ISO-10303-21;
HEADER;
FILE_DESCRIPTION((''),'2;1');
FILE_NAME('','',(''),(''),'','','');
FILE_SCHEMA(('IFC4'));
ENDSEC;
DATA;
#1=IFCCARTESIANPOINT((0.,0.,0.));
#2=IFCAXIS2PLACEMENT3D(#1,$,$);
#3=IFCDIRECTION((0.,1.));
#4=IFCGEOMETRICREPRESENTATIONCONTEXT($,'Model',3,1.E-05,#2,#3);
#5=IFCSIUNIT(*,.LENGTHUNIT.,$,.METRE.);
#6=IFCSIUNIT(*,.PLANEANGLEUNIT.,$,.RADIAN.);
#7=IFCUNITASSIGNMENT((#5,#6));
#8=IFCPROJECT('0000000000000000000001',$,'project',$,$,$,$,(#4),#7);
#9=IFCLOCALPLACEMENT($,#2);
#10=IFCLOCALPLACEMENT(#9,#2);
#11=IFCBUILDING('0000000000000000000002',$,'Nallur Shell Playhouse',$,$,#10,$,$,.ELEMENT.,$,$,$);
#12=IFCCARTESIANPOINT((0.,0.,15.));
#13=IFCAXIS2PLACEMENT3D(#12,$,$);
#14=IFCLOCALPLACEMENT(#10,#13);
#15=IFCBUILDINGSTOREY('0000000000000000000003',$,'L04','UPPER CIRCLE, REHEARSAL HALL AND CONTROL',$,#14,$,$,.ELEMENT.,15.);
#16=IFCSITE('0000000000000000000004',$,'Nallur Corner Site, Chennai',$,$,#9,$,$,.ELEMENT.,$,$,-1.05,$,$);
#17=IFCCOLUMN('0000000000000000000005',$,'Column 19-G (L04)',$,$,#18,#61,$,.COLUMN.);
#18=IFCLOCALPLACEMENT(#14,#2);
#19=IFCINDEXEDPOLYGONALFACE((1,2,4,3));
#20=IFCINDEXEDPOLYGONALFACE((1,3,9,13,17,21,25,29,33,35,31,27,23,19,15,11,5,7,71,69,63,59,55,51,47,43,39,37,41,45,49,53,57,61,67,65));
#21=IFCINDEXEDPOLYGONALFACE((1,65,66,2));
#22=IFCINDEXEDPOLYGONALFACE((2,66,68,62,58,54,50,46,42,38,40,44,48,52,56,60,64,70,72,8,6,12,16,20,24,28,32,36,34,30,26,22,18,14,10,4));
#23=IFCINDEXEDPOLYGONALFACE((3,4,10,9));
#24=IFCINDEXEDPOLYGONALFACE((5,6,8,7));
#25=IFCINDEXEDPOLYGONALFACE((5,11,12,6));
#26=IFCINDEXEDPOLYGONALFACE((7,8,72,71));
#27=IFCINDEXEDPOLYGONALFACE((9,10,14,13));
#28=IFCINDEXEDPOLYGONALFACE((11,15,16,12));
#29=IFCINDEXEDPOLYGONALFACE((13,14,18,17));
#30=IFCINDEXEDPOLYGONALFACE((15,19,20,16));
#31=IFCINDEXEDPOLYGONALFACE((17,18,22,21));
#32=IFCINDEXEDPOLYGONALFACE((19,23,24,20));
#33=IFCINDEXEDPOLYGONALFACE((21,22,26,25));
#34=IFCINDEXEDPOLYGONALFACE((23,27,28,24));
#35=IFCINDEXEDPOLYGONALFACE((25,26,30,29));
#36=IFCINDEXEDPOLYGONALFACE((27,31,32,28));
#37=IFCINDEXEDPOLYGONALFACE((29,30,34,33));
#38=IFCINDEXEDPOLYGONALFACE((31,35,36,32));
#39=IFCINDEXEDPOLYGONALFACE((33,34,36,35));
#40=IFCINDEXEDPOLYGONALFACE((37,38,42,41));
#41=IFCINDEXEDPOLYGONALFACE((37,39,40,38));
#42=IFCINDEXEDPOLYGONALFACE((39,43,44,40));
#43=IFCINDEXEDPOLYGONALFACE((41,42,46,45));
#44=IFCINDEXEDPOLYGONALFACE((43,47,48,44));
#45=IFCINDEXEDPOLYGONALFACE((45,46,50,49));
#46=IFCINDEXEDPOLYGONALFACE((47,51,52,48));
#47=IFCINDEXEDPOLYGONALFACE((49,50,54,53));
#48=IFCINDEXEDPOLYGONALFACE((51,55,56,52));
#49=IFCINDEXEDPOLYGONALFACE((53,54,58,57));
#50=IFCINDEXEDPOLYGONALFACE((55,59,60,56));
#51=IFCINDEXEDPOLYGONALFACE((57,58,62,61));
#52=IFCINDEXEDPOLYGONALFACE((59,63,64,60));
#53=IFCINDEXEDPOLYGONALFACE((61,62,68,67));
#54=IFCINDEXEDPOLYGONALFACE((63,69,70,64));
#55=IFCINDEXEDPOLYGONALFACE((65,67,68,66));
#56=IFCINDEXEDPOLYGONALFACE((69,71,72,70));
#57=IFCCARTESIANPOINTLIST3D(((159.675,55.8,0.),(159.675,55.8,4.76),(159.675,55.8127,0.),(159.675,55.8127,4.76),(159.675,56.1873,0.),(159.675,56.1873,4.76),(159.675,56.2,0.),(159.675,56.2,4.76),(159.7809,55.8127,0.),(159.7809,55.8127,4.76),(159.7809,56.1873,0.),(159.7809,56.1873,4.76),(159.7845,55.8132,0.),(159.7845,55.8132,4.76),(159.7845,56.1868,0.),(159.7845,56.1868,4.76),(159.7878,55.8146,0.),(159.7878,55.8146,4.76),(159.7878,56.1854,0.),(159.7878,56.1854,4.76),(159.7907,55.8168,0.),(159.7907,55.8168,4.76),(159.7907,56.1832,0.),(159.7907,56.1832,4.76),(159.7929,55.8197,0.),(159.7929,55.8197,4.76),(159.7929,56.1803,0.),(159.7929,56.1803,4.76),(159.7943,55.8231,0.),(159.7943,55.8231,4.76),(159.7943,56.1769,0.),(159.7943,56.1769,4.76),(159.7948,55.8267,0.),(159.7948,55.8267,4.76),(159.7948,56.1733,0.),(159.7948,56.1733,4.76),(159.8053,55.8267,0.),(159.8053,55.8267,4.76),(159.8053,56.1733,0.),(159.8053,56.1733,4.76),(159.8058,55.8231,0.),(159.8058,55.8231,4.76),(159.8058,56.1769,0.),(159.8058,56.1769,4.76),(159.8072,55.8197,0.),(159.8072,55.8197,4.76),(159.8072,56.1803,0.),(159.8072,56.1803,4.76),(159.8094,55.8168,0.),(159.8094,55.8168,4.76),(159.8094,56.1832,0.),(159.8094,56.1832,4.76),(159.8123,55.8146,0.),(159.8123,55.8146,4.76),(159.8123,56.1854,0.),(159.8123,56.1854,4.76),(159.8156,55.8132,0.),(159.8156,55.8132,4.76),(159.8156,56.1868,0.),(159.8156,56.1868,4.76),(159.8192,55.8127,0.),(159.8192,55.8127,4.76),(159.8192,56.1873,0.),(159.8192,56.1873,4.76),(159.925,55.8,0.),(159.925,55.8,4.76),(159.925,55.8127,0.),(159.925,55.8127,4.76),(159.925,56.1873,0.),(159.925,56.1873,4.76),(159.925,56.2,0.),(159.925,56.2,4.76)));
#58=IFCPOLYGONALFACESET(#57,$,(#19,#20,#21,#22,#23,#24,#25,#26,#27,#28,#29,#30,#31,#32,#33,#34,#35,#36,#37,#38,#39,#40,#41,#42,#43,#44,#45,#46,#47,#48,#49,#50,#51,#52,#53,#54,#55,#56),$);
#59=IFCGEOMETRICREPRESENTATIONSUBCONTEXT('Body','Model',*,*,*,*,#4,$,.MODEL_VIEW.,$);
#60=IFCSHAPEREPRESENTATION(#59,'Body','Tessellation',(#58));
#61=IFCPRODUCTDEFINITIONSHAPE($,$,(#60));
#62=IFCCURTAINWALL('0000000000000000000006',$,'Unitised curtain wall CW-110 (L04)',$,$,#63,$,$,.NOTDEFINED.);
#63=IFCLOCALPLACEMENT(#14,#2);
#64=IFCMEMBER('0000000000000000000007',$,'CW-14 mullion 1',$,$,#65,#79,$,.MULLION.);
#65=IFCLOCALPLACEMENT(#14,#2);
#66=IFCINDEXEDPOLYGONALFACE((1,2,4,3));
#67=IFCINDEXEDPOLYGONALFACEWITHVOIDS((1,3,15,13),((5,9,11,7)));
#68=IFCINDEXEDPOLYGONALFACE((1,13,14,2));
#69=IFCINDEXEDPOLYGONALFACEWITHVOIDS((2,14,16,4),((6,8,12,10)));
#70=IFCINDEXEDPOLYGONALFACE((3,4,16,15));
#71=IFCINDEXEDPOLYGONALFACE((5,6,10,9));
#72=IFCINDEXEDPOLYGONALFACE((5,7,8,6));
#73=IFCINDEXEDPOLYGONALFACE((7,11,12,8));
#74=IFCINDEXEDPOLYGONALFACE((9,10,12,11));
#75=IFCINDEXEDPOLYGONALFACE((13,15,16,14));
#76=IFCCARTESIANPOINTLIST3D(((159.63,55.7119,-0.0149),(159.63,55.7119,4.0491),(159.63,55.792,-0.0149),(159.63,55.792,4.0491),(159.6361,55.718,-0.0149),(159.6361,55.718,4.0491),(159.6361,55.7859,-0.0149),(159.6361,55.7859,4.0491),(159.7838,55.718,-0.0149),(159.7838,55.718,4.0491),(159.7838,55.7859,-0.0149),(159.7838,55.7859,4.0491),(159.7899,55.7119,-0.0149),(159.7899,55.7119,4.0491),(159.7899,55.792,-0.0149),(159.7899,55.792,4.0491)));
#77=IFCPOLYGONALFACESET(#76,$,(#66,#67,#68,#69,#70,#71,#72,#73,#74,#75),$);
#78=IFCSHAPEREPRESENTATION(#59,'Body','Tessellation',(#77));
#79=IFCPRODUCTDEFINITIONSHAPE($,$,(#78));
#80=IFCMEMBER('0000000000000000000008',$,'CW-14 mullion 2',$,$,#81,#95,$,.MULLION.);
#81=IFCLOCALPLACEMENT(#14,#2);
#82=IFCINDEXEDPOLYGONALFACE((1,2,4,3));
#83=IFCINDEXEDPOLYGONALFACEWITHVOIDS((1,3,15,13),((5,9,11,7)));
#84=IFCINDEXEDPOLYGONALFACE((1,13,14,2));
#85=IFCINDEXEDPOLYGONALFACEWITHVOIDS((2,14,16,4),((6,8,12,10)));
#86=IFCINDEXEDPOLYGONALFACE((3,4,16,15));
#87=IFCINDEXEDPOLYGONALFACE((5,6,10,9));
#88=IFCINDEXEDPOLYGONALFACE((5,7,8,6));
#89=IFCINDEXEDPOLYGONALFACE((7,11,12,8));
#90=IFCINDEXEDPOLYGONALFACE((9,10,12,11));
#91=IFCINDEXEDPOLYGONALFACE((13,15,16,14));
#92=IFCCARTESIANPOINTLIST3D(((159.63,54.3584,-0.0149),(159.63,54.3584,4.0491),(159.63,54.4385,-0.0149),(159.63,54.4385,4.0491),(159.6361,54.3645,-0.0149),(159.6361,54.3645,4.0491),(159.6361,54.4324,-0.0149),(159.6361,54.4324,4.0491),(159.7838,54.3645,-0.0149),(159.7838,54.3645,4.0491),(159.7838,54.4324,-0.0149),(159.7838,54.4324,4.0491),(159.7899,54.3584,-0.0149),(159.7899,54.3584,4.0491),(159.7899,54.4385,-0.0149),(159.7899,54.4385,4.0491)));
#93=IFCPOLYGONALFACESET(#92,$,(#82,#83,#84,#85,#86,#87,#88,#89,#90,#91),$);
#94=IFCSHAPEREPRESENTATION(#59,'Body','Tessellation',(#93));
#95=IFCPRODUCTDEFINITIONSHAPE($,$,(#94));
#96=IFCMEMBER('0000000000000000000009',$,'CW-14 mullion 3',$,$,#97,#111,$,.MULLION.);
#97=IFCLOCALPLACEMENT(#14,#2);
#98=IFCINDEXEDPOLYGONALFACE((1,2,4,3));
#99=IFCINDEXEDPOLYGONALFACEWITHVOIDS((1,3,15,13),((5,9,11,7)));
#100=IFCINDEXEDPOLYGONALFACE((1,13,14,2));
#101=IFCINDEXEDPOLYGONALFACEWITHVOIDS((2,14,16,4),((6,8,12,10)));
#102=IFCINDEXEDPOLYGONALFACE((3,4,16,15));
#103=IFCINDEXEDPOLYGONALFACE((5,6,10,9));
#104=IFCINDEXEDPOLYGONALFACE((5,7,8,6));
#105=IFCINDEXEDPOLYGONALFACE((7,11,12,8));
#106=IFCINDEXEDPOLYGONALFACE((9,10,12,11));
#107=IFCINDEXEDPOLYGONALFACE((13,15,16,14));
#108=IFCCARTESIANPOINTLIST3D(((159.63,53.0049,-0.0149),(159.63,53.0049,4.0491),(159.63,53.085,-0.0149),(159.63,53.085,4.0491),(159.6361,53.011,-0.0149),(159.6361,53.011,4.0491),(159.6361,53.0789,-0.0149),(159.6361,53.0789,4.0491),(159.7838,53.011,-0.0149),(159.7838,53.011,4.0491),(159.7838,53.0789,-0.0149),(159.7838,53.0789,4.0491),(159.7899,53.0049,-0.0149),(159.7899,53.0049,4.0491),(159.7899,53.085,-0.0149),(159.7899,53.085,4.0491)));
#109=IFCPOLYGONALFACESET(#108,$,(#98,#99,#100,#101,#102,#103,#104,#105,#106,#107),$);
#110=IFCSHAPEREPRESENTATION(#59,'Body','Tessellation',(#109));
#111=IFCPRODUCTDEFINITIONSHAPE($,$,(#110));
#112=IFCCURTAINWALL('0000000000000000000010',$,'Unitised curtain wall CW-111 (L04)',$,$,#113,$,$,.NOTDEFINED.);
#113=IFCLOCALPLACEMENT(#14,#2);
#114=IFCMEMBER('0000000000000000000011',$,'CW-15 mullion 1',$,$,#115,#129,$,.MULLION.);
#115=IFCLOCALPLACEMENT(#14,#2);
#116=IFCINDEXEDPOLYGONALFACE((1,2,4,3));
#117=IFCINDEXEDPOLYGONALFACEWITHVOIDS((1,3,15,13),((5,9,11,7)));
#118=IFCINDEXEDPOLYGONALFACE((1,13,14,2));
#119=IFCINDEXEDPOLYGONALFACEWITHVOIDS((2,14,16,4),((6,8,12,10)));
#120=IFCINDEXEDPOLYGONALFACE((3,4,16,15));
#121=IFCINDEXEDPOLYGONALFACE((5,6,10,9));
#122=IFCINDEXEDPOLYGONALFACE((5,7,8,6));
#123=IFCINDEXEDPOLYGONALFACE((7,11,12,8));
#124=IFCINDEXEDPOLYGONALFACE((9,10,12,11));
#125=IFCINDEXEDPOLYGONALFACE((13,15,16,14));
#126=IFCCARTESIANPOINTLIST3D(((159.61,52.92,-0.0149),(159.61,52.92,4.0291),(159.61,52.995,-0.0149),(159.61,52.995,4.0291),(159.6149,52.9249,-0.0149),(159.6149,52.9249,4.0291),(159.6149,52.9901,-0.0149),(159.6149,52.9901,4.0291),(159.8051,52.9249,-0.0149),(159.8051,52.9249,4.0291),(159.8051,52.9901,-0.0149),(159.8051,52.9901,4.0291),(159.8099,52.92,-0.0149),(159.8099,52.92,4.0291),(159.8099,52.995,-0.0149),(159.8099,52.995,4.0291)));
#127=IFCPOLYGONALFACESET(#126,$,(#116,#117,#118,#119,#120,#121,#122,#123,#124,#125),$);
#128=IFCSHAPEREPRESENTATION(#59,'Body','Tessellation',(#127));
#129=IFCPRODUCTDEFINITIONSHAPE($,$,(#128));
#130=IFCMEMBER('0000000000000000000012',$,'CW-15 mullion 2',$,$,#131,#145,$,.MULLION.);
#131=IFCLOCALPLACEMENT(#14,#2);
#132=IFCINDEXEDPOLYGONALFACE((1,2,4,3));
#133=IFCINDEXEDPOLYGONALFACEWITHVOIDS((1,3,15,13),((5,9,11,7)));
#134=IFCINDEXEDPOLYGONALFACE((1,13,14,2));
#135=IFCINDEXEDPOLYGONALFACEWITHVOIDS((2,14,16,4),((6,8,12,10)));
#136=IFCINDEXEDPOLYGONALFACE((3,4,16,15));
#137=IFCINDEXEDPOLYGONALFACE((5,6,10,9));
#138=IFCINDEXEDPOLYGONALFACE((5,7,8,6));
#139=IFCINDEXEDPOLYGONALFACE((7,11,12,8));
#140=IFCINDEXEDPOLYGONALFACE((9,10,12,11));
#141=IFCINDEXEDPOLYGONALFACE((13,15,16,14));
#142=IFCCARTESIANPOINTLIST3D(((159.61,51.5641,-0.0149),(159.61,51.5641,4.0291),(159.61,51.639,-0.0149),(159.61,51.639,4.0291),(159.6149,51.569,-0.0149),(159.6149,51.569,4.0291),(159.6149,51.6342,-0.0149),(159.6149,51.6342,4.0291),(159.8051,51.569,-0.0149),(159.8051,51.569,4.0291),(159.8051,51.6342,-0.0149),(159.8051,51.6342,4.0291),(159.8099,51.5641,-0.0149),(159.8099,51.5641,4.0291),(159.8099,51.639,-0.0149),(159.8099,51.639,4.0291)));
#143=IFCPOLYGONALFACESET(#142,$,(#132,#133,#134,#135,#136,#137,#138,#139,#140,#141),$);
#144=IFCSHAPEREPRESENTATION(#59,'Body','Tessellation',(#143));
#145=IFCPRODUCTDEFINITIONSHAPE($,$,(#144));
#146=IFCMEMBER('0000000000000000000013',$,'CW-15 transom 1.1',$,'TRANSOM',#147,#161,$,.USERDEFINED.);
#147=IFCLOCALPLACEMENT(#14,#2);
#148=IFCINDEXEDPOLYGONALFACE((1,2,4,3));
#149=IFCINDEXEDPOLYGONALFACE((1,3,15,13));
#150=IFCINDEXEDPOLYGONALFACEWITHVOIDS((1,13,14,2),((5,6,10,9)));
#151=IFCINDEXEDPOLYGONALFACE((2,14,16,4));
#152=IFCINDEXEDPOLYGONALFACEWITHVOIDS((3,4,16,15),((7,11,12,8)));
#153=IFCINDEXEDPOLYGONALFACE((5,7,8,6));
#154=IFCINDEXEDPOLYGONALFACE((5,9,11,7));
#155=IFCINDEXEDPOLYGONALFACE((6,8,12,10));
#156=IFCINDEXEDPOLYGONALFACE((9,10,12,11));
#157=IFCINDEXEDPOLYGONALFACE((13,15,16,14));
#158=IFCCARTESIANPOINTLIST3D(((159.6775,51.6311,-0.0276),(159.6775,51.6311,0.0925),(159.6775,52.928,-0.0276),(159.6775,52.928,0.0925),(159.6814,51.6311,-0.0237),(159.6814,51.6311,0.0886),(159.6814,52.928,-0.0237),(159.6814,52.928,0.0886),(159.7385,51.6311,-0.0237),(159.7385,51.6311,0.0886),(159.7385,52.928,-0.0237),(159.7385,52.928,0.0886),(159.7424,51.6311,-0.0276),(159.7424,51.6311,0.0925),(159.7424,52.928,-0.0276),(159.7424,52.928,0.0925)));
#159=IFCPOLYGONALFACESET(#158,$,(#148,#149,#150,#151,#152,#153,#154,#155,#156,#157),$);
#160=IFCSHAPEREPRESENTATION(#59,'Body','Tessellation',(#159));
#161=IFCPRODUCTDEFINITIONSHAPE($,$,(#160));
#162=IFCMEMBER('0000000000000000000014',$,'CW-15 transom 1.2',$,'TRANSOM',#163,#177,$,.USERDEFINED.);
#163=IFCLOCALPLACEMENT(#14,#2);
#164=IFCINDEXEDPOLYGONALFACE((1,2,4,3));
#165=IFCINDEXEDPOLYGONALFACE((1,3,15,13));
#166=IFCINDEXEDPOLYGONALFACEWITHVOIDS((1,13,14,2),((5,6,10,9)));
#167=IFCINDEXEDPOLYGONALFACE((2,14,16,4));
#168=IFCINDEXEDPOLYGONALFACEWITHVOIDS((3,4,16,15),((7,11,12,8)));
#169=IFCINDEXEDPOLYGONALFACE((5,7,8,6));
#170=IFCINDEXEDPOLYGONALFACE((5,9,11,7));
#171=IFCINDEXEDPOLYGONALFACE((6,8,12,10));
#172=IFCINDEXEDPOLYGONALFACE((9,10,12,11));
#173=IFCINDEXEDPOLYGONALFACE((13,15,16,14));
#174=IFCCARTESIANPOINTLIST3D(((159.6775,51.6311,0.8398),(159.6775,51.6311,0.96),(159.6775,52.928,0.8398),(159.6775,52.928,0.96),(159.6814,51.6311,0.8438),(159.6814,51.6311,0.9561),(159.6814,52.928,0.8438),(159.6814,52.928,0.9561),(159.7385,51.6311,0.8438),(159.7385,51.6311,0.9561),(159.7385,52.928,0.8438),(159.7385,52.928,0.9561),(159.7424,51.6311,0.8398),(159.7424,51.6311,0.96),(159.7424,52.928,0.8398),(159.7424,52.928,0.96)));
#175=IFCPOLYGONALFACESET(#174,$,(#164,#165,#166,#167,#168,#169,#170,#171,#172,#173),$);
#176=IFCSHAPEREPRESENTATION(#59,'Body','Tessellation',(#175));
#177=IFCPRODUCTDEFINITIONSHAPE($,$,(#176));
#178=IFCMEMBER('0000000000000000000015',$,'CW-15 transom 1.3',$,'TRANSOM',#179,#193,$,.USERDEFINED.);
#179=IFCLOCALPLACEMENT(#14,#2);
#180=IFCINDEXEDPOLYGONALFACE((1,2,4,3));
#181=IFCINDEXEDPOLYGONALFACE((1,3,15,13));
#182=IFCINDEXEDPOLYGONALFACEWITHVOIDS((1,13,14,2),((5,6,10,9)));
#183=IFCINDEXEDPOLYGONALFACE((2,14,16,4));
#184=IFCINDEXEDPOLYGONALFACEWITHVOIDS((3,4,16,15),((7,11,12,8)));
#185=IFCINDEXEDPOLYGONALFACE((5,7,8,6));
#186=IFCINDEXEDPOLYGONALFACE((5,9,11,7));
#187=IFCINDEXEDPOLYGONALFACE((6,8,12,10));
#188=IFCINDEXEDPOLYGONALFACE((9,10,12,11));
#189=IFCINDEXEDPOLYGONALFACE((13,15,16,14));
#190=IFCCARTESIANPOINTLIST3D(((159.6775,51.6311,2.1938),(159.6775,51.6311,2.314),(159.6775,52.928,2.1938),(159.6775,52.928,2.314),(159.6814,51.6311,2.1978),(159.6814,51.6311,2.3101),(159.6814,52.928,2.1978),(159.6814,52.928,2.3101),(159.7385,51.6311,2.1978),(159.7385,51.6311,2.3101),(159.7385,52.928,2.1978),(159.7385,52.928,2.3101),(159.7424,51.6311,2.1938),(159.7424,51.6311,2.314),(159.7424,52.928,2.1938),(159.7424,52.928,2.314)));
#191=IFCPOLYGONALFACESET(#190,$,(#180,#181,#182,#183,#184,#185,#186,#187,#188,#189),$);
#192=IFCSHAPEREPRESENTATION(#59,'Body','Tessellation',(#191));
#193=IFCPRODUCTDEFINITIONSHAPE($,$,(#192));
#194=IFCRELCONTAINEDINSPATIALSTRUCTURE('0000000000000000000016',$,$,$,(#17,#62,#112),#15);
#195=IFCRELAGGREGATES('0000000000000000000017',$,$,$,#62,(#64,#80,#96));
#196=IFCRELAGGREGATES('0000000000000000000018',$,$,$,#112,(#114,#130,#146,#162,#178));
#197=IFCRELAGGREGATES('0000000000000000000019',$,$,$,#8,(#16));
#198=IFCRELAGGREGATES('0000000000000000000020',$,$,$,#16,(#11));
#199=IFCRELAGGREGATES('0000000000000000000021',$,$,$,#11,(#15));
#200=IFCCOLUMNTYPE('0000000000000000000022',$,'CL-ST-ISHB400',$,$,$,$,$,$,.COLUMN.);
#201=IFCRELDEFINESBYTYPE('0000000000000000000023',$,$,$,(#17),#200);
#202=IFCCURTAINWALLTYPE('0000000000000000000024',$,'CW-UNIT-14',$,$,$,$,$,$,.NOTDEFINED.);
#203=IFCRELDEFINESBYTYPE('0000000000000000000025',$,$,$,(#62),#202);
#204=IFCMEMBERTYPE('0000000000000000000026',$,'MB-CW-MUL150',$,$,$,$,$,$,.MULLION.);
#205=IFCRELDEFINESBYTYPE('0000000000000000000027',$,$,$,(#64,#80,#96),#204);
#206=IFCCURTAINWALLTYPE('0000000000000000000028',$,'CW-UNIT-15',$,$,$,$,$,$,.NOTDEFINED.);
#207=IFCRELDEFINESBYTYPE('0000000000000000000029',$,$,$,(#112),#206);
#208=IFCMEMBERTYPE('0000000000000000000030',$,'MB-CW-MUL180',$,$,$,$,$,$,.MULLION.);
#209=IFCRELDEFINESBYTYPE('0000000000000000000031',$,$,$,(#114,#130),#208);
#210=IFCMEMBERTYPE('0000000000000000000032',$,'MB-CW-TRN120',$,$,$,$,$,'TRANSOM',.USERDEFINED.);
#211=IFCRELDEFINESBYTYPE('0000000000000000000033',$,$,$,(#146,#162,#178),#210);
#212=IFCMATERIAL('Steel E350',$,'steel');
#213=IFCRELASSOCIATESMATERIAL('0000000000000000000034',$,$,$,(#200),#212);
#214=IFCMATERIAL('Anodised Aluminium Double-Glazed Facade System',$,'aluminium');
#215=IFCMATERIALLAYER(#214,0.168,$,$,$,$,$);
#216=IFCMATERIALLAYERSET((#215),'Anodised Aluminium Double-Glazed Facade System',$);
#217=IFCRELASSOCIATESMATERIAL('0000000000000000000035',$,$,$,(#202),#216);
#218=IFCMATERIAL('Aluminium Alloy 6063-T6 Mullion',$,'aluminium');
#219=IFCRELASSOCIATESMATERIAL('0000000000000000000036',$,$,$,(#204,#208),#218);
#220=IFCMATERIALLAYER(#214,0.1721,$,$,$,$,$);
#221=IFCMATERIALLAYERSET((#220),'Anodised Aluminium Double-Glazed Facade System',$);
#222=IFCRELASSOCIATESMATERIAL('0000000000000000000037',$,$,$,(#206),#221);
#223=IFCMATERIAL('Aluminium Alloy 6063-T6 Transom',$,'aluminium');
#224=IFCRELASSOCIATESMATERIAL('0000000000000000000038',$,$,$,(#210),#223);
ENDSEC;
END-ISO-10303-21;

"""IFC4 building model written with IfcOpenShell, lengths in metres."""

from ifc_helpers import new_model, si_unit, direction, frame, origin, origin_2d, place, context, subcontext, project, spatial, hollow_rectangle, i_section, extrude, material, layer, layer_set, material_profile, profile_set, type_object, element, aggregate, save


model = new_model("IFC4")

# Units and contexts
model_context = context("Model", 3, precision=1e-05, world=origin(), true_north=direction((0.0, 1.0)))
body_context = subcontext(model_context, "Body", "Model", "MODEL_VIEW")
ifc_project = project(units=[si_unit("LENGTHUNIT", "METRE"), si_unit("PLANEANGLEUNIT", "RADIAN")], contexts=[model_context])

# Site, building, storey
site_placement = place(None, origin())
site = spatial("IfcSite", under=ifc_project, at=site_placement, Name="Nallur Corner Site, Chennai", CompositionType="ELEMENT", RefElevation=-1.05)
building_placement = place(site_placement, origin())
building = spatial("IfcBuilding", under=site, at=building_placement, Name="Nallur Shell Playhouse", CompositionType="ELEMENT")
storey_placement = place(building_placement, frame((0.0, 0.0, 15.0)))
storey = spatial("IfcBuildingStorey", under=building, at=storey_placement, Name="L04", Description="UPPER CIRCLE, REHEARSAL HALL AND CONTROL", CompositionType="ELEMENT", Elevation=15.0)

# Column
ifc_material_1 = material(Name="Steel E350", Category="steel")
ifc_material_profile_1 = material_profile(ifc_material_1, i_section(OverallWidth=0.25, OverallDepth=0.3999, WebThickness=0.0105, FlangeThickness=0.0127, FilletRadius=0.0139, at=origin_2d()), Name="ISHB 400")
ifc_profile_set_1 = profile_set([ifc_material_profile_1], Name="Steel E350")
column_type = type_object("IfcColumnType", Name="CL-ST-ISHB400", PredefinedType="COLUMN", material=ifc_profile_set_1)
column_placement = place(storey_placement, frame((159.8, 56.0, 0.0), z_axis=(0.0, 0.0, 1.0), x_axis=(1.0, 0.0, 0.0)))
element("IfcColumn", 1, at=column_placement, inside=storey, type_object=column_type, Name="Column 19-G (L04)", PredefinedType="COLUMN", context=body_context, shape_type="SweptSolid", body=[
    extrude(i_section(OverallWidth=0.25, OverallDepth=0.3999, WebThickness=0.0105, FlangeThickness=0.0127, FilletRadius=0.0139, at=origin_2d()), origin(), (0.0, 0.0, 1.0), 4.76),
])

# Curtain walls, members
ifc_material_2 = material(Name="Anodised Aluminium Double-Glazed Facade System", Category="aluminium")
ifc_layer_1 = layer(ifc_material_2, 0.168)
ifc_layer_set_1 = layer_set([ifc_layer_1], Name="Anodised Aluminium Double-Glazed Facade System")
curtain_wall_type_1 = type_object("IfcCurtainWallType", Name="CW-UNIT-14", PredefinedType="NOTDEFINED", material=ifc_layer_set_1)
curtain_wall_1_placement = place(storey_placement, origin())
curtain_wall_1 = element("IfcCurtainWall", 2, at=curtain_wall_1_placement, inside=storey, type_object=curtain_wall_type_1, Name="Unitised curtain wall CW-110 (L04)", PredefinedType="NOTDEFINED")
ifc_material_3 = material(Name="Aluminium Alloy 6063-T6 Mullion", Category="aluminium")
ifc_material_profile_2 = material_profile(ifc_material_3, hollow_rectangle(XDim=0.0801, YDim=0.1599, WallThickness=0.0061, at=origin_2d()), Name="RHS 160x80x6")
ifc_profile_set_2 = profile_set([ifc_material_profile_2], Name="Aluminium Alloy 6063-T6 Mullion")
member_type_1 = type_object("IfcMemberType", Name="MB-CW-MUL150", PredefinedType="MULLION", material=ifc_profile_set_2)
member_1_placement = place(storey_placement, frame((159.71, 55.752, -0.0149), z_axis=(0.0, 0.0, 1.0), x_axis=(0.0, -1.0, 0.0)))
member_1 = element("IfcMember", 3, at=member_1_placement, type_object=member_type_1, Name="CW-14 mullion 1", PredefinedType="MULLION", context=body_context, shape_type="SweptSolid", body=[
    extrude(hollow_rectangle(XDim=0.0801, YDim=0.1599, WallThickness=0.0061, at=origin_2d()), origin(), (0.0, 0.0, 1.0), 4.064),
])
member_2_placement = place(storey_placement, frame((159.71, 54.3984, -0.0149), z_axis=(0.0, 0.0, 1.0), x_axis=(0.0, -1.0, 0.0)))
member_2 = element("IfcMember", 4, at=member_2_placement, type_object=member_type_1, Name="CW-14 mullion 2", PredefinedType="MULLION", context=body_context, shape_type="SweptSolid", body=[
    extrude(hollow_rectangle(XDim=0.0801, YDim=0.1599, WallThickness=0.0061, at=origin_2d()), origin(), (0.0, 0.0, 1.0), 4.064),
])
member_3_placement = place(storey_placement, frame((159.71, 53.0449, -0.0149), z_axis=(0.0, 0.0, 1.0), x_axis=(0.0, -1.0, 0.0)))
member_3 = element("IfcMember", 5, at=member_3_placement, type_object=member_type_1, Name="CW-14 mullion 3", PredefinedType="MULLION", context=body_context, shape_type="SweptSolid", body=[
    extrude(hollow_rectangle(XDim=0.0801, YDim=0.1599, WallThickness=0.0061, at=origin_2d()), origin(), (0.0, 0.0, 1.0), 4.064),
])
ifc_layer_2 = layer(ifc_material_2, 0.1721)
ifc_layer_set_2 = layer_set([ifc_layer_2], Name="Anodised Aluminium Double-Glazed Facade System")
curtain_wall_type_2 = type_object("IfcCurtainWallType", Name="CW-UNIT-15", PredefinedType="NOTDEFINED", material=ifc_layer_set_2)
curtain_wall_2_placement = place(storey_placement, origin())
curtain_wall_2 = element("IfcCurtainWall", 6, at=curtain_wall_2_placement, inside=storey, type_object=curtain_wall_type_2, Name="Unitised curtain wall CW-111 (L04)", PredefinedType="NOTDEFINED")
ifc_material_profile_3 = material_profile(ifc_material_3, hollow_rectangle(XDim=0.075, YDim=0.2, WallThickness=0.0049, at=origin_2d()), Name="ALU 75x200x5")
ifc_profile_set_3 = profile_set([ifc_material_profile_3], Name="Aluminium Alloy 6063-T6 Mullion")
member_type_2 = type_object("IfcMemberType", Name="MB-CW-MUL180", PredefinedType="MULLION", material=ifc_profile_set_3)
member_4_placement = place(storey_placement, frame((159.71, 52.9575, -0.0149), z_axis=(0.0, 0.0, 1.0), x_axis=(0.0, -1.0, 0.0)))
member_4 = element("IfcMember", 7, at=member_4_placement, type_object=member_type_2, Name="CW-15 mullion 1", PredefinedType="MULLION", context=body_context, shape_type="SweptSolid", body=[
    extrude(hollow_rectangle(XDim=0.075, YDim=0.2, WallThickness=0.0049, at=origin_2d()), origin(), (0.0, 0.0, 1.0), 4.0439),
])
member_5_placement = place(storey_placement, frame((159.71, 51.6016, -0.0149), z_axis=(0.0, 0.0, 1.0), x_axis=(0.0, -1.0, 0.0)))
member_5 = element("IfcMember", 8, at=member_5_placement, type_object=member_type_2, Name="CW-15 mullion 2", PredefinedType="MULLION", context=body_context, shape_type="SweptSolid", body=[
    extrude(hollow_rectangle(XDim=0.075, YDim=0.2, WallThickness=0.0049, at=origin_2d()), origin(), (0.0, 0.0, 1.0), 4.0439),
])
ifc_material_4 = material(Name="Aluminium Alloy 6063-T6 Transom", Category="aluminium")
ifc_material_profile_4 = material_profile(ifc_material_4, hollow_rectangle(XDim=0.0649, YDim=0.1201, WallThickness=0.0039, at=origin_2d()), Name="ALU 65x120x4")
ifc_profile_set_4 = profile_set([ifc_material_profile_4], Name="Aluminium Alloy 6063-T6 Transom")
member_type_3 = type_object("IfcMemberType", Name="MB-CW-TRN120", ElementType="TRANSOM", PredefinedType="USERDEFINED", material=ifc_profile_set_4)
member_6_placement = place(storey_placement, frame((159.71, 52.928, 0.0325), z_axis=(0.0, -1.0, 0.0), x_axis=(1.0, 0.0, 0.0)))
member_6 = element("IfcMember", 9, at=member_6_placement, type_object=member_type_3, Name="CW-15 transom 1.1", ObjectType="TRANSOM", PredefinedType="USERDEFINED", context=body_context, shape_type="SweptSolid", body=[
    extrude(hollow_rectangle(XDim=0.0649, YDim=0.1201, WallThickness=0.0039, at=origin_2d()), origin(), (0.0, 0.0, 1.0), 1.2969),
])
member_7_placement = place(storey_placement, frame((159.71, 52.928, 0.8999), z_axis=(0.0, -1.0, 0.0), x_axis=(1.0, 0.0, 0.0)))
member_7 = element("IfcMember", 10, at=member_7_placement, type_object=member_type_3, Name="CW-15 transom 1.2", ObjectType="TRANSOM", PredefinedType="USERDEFINED", context=body_context, shape_type="SweptSolid", body=[
    extrude(hollow_rectangle(XDim=0.0649, YDim=0.1201, WallThickness=0.0039, at=origin_2d()), origin(), (0.0, 0.0, 1.0), 1.2969),
])
member_8_placement = place(storey_placement, frame((159.71, 52.928, 2.2539), z_axis=(0.0, -1.0, 0.0), x_axis=(1.0, 0.0, 0.0)))
member_8 = element("IfcMember", 11, at=member_8_placement, type_object=member_type_3, Name="CW-15 transom 1.3", ObjectType="TRANSOM", PredefinedType="USERDEFINED", context=body_context, shape_type="SweptSolid", body=[
    extrude(hollow_rectangle(XDim=0.0649, YDim=0.1201, WallThickness=0.0039, at=origin_2d()), origin(), (0.0, 0.0, 1.0), 1.2969),
])

aggregate(curtain_wall_1, [member_1, member_2, member_3])
aggregate(curtain_wall_2, [member_4, member_5, member_6, member_7, member_8])

save(model, "model.ifc")
